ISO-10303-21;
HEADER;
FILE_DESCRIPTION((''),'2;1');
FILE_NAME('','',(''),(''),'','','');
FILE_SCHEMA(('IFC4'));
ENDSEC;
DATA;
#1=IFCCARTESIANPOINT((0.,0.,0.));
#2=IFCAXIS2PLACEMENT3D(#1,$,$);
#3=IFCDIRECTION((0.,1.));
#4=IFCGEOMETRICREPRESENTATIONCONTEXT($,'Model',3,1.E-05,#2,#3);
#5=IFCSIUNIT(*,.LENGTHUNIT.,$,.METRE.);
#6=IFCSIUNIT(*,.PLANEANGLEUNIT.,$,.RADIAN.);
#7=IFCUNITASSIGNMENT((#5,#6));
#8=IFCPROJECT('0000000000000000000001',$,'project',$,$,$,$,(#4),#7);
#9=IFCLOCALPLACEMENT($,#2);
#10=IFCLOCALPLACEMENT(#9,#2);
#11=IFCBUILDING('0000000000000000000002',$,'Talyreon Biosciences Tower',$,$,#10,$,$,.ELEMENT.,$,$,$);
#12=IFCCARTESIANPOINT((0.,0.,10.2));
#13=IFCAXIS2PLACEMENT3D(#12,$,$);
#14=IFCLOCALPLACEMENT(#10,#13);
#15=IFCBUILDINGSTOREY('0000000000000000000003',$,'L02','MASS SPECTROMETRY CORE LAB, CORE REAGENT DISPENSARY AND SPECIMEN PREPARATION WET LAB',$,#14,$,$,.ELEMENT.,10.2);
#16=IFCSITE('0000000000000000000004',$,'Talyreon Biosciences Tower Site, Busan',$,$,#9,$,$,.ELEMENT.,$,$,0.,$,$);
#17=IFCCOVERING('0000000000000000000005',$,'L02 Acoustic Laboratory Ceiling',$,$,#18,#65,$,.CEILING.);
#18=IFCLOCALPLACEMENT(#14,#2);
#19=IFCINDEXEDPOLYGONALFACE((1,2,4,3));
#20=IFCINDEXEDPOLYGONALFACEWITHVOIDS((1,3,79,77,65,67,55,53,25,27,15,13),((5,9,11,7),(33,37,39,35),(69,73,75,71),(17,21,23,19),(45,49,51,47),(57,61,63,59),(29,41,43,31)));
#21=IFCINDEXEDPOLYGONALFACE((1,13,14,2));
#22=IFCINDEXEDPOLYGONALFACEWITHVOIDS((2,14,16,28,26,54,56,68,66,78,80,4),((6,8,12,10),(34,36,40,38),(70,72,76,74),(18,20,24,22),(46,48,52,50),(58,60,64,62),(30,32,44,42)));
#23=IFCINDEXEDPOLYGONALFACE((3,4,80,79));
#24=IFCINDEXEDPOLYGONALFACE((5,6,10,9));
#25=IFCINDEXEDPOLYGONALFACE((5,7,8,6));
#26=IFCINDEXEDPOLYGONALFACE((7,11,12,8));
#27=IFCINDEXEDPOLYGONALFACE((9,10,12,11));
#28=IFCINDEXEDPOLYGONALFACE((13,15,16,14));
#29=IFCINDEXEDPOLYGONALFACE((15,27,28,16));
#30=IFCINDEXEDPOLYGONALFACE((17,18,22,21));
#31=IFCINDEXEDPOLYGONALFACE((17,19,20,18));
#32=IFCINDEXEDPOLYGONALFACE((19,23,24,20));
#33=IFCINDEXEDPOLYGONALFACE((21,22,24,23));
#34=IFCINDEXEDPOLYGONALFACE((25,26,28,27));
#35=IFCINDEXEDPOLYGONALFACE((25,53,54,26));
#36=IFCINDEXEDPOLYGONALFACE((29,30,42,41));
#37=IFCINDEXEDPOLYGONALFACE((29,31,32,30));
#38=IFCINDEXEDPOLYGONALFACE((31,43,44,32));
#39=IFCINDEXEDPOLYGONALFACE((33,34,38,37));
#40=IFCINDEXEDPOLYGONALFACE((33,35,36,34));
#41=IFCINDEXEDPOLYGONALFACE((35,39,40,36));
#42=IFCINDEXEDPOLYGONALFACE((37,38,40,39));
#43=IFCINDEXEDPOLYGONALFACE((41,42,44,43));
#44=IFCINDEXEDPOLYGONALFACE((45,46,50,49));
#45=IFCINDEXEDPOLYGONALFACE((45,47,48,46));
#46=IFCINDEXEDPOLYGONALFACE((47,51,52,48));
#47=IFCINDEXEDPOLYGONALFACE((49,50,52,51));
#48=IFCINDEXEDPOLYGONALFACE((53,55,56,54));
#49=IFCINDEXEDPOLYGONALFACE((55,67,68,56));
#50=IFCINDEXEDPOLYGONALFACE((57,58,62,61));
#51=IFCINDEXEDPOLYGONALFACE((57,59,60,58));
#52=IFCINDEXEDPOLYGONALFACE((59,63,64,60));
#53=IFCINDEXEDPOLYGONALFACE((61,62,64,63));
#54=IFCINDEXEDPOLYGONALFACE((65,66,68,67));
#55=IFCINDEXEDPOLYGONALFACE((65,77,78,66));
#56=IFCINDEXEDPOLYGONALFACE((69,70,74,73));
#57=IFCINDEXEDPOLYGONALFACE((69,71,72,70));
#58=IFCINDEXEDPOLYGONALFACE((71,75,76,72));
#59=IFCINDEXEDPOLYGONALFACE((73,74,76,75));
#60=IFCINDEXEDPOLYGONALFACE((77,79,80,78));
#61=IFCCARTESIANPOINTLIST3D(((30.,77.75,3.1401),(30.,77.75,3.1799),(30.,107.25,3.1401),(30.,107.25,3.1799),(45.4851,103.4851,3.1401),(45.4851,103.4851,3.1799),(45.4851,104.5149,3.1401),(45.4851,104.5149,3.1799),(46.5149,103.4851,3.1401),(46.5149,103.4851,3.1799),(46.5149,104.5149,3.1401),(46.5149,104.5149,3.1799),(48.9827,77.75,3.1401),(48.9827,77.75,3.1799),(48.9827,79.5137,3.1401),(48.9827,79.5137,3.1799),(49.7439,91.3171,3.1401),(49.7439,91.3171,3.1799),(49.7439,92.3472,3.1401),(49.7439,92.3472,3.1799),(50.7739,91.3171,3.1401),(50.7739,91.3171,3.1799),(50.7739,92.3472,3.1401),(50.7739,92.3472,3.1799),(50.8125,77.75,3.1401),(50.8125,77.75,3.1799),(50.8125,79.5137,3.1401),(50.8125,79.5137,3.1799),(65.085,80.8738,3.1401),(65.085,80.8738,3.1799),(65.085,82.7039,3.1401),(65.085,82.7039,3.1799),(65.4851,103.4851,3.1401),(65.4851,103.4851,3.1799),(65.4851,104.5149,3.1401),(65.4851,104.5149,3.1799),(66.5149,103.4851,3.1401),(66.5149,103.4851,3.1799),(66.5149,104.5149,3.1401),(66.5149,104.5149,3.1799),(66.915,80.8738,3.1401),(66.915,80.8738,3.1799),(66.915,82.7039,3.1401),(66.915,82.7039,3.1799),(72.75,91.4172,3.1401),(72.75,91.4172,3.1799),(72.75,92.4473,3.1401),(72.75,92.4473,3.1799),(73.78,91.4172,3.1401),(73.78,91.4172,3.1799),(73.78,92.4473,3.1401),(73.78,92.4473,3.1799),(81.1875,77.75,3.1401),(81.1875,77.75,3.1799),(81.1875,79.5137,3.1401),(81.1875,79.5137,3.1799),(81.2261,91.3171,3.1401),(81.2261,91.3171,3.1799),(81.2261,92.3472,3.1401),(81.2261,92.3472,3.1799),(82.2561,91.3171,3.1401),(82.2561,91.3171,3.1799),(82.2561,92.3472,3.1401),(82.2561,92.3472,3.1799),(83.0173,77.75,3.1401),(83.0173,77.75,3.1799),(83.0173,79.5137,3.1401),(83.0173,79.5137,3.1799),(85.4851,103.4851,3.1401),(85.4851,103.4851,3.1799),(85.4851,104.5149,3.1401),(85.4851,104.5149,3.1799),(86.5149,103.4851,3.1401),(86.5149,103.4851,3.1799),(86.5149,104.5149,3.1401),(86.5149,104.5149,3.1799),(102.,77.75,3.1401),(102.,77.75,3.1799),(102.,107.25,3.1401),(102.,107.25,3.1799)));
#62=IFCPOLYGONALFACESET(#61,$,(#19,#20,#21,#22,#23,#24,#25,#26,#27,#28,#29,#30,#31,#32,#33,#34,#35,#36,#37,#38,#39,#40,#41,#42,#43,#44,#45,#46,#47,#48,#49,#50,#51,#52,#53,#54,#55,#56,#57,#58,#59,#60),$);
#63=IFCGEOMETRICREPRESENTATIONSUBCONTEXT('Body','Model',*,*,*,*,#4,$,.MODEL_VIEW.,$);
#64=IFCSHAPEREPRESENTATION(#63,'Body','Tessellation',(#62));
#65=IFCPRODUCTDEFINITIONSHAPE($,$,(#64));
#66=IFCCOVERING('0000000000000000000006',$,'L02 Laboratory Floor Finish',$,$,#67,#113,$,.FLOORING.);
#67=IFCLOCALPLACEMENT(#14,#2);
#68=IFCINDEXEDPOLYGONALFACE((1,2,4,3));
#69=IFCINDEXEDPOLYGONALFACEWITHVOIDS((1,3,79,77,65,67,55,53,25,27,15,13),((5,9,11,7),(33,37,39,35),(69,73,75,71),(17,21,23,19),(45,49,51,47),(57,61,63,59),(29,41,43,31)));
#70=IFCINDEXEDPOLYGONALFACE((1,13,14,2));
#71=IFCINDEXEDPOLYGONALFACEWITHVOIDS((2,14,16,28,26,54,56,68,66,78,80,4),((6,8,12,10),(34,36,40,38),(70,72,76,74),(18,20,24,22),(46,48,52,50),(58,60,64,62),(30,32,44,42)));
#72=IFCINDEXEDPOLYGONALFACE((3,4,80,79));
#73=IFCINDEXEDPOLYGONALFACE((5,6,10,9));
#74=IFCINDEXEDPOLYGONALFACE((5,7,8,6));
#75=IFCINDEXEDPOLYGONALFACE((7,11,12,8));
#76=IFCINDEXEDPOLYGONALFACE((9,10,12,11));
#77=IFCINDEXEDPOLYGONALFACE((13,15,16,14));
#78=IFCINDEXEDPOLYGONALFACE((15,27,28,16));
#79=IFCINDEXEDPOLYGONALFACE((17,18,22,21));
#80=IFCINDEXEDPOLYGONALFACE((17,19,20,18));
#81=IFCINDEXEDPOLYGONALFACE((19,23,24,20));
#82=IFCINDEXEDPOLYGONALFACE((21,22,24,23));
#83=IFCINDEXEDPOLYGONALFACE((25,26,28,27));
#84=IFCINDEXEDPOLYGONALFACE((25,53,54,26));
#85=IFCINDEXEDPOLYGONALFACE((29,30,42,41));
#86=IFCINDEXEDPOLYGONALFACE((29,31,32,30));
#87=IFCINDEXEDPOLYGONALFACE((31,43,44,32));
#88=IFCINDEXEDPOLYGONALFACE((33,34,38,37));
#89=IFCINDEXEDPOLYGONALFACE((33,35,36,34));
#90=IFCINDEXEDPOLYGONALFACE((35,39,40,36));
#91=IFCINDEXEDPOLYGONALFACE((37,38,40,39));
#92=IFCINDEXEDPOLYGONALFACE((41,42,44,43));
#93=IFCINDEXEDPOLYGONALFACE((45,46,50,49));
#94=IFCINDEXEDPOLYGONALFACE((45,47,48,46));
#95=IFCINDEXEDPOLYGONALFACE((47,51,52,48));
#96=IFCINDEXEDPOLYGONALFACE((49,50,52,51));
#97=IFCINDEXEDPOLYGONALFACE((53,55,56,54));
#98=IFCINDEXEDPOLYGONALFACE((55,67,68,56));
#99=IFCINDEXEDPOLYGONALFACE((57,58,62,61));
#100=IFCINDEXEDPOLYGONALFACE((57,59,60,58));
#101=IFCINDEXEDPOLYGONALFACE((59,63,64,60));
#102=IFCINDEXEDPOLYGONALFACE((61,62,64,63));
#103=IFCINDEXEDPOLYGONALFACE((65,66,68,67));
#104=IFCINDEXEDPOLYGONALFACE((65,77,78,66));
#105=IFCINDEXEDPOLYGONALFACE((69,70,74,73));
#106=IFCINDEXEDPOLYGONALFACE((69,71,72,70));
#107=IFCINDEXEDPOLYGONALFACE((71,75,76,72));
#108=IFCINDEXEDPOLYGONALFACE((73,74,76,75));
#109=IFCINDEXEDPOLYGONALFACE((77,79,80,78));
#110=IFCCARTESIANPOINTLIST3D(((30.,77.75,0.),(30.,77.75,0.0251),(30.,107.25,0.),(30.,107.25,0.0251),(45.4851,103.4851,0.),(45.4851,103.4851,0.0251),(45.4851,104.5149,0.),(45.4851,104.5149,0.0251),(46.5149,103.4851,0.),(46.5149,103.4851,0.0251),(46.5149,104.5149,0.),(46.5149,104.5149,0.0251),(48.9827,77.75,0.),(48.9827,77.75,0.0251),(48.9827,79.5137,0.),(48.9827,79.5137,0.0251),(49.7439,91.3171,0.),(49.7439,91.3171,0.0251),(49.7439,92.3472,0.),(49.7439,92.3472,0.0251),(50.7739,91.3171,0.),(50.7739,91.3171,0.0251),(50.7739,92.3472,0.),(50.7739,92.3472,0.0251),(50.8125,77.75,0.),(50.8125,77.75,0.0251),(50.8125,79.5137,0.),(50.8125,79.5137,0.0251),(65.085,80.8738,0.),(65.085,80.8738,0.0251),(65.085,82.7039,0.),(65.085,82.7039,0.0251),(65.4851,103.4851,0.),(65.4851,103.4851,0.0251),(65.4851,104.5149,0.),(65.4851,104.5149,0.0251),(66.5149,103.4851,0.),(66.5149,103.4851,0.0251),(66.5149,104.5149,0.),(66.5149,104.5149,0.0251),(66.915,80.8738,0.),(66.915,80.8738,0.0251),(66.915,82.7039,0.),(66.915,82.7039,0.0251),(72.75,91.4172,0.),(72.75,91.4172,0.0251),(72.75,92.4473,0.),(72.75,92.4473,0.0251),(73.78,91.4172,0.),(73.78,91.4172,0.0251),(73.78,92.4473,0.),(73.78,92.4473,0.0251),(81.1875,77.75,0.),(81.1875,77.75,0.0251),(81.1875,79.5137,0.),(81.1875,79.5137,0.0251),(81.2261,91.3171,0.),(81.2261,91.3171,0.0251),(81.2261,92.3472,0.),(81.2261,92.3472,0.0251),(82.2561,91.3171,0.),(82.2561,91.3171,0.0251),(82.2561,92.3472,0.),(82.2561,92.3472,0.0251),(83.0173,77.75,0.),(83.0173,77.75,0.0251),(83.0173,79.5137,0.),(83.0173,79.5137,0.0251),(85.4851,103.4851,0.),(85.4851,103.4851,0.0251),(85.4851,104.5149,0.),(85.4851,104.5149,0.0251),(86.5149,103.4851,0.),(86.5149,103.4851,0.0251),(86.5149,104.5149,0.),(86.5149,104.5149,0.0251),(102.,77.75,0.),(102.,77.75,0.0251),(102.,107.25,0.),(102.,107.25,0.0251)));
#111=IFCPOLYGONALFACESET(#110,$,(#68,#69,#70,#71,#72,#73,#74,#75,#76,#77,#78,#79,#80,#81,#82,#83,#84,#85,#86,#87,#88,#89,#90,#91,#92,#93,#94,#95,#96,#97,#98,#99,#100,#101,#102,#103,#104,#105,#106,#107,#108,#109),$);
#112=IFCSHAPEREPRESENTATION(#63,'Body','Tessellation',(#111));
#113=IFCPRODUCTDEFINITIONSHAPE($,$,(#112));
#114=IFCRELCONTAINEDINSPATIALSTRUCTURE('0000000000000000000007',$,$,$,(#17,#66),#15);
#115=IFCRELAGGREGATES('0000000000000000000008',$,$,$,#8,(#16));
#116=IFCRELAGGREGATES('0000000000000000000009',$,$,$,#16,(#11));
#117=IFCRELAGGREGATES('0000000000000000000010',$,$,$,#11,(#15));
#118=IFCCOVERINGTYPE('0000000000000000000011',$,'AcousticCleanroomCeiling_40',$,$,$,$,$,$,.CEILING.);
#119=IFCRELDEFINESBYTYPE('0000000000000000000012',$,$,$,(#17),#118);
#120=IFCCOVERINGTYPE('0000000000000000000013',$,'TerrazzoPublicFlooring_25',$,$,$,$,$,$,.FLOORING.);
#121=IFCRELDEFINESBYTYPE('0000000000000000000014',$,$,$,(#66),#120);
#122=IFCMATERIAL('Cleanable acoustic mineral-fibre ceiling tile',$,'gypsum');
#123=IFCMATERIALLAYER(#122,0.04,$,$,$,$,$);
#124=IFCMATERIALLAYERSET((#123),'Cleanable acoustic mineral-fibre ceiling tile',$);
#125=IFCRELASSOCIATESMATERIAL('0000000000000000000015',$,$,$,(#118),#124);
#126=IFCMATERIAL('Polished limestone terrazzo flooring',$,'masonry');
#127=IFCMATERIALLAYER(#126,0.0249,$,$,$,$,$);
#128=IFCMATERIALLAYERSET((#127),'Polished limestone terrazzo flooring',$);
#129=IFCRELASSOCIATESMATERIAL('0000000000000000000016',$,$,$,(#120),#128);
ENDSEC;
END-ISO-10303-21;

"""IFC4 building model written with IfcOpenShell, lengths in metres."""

from ifc_helpers import new_model, si_unit, direction, frame, origin, place, context, subcontext, project, spatial, polyline, outline, extrude, material, layer, layer_set, type_object, element, save


model = new_model("IFC4")

# Units and contexts
model_context = context("Model", 3, precision=1e-05, world=origin(), true_north=direction((0.0, 1.0)))
body_context = subcontext(model_context, "Body", "Model", "MODEL_VIEW")
ifc_project = project(units=[si_unit("LENGTHUNIT", "METRE"), si_unit("PLANEANGLEUNIT", "RADIAN")], contexts=[model_context])

# Site, building, storey
site_placement = place(None, origin())
site = spatial("IfcSite", under=ifc_project, at=site_placement, Name="Talyreon Biosciences Tower Site, Busan", CompositionType="ELEMENT", RefElevation=0.0)
building_placement = place(site_placement, origin())
building = spatial("IfcBuilding", under=site, at=building_placement, Name="Talyreon Biosciences Tower", CompositionType="ELEMENT")
storey_placement = place(building_placement, frame((0.0, 0.0, 10.2)))
storey = spatial("IfcBuildingStorey", under=building, at=storey_placement, Name="L02", Description="MASS SPECTROMETRY CORE LAB, CORE REAGENT DISPENSARY AND SPECIMEN PREPARATION WET LAB", CompositionType="ELEMENT", Elevation=10.2)

# Coverings
ifc_material_1 = material(Name="Cleanable acoustic mineral-fibre ceiling tile", Category="gypsum")
ifc_layer_1 = layer(ifc_material_1, 0.04)
ifc_layer_set_1 = layer_set([ifc_layer_1], Name="Cleanable acoustic mineral-fibre ceiling tile")
covering_type_1 = type_object("IfcCoveringType", Name="AcousticCleanroomCeiling_40", PredefinedType="CEILING", material=ifc_layer_set_1)
covering_1_placement = place(storey_placement, frame((0.0, 0.0, 3.1401)))
element("IfcCovering", 1, at=covering_1_placement, inside=storey, type_object=covering_type_1, Name="L02 Acoustic Laboratory Ceiling", PredefinedType="CEILING", context=body_context, shape_type="SweptSolid", body=[
    extrude(outline(polyline([(102.0, 77.75), (83.0173, 77.75), (83.0173, 79.5137), (81.1875, 79.5137), (81.1875, 77.75), (50.8125, 77.75), (50.8125, 79.5137), (48.9827, 79.5137), (48.9827, 77.75), (30.0, 77.75), (30.0, 107.25), (102.0, 107.25), (102.0, 77.75)]), holes=[polyline([(65.085, 80.8738), (66.915, 80.8738), (66.915, 82.7039), (65.085, 82.7039), (65.085, 80.8738)]), polyline([(50.7739, 92.3472), (49.7439, 92.3472), (49.7439, 91.3171), (50.7739, 91.3171), (50.7739, 92.3472)]), polyline([(45.4851, 104.5149), (45.4851, 103.4851), (46.5149, 103.4851), (46.5149, 104.5149), (45.4851, 104.5149)]), polyline([(82.2561, 92.3472), (81.2261, 92.3472), (81.2261, 91.3171), (82.2561, 91.3171), (82.2561, 92.3472)]), polyline([(73.78, 92.4473), (72.75, 92.4473), (72.75, 91.4172), (73.78, 91.4172), (73.78, 92.4473)]), polyline([(85.4851, 104.5149), (85.4851, 103.4851), (86.5149, 103.4851), (86.5149, 104.5149), (85.4851, 104.5149)]), polyline([(65.4851, 104.5149), (65.4851, 103.4851), (66.5149, 103.4851), (66.5149, 104.5149), (65.4851, 104.5149)])]), origin(), (0.0, 0.0, 1.0), 0.0398),
])
ifc_material_2 = material(Name="Polished limestone terrazzo flooring", Category="masonry")
ifc_layer_2 = layer(ifc_material_2, 0.0249)
ifc_layer_set_2 = layer_set([ifc_layer_2], Name="Polished limestone terrazzo flooring")
covering_type_2 = type_object("IfcCoveringType", Name="TerrazzoPublicFlooring_25", PredefinedType="FLOORING", material=ifc_layer_set_2)
covering_2_placement = place(storey_placement, origin())
element("IfcCovering", 2, at=covering_2_placement, inside=storey, type_object=covering_type_2, Name="L02 Laboratory Floor Finish", PredefinedType="FLOORING", context=body_context, shape_type="SweptSolid", body=[
    extrude(outline(polyline([(102.0, 77.75), (83.0173, 77.75), (83.0173, 79.5137), (81.1875, 79.5137), (81.1875, 77.75), (50.8125, 77.75), (50.8125, 79.5137), (48.9827, 79.5137), (48.9827, 77.75), (30.0, 77.75), (30.0, 107.25), (102.0, 107.25), (102.0, 77.75)]), holes=[polyline([(65.085, 80.8738), (66.915, 80.8738), (66.915, 82.7039), (65.085, 82.7039), (65.085, 80.8738)]), polyline([(50.7739, 92.3472), (49.7439, 92.3472), (49.7439, 91.3171), (50.7739, 91.3171), (50.7739, 92.3472)]), polyline([(45.4851, 104.5149), (45.4851, 103.4851), (46.5149, 103.4851), (46.5149, 104.5149), (45.4851, 104.5149)]), polyline([(82.2561, 92.3472), (81.2261, 92.3472), (81.2261, 91.3171), (82.2561, 91.3171), (82.2561, 92.3472)]), polyline([(73.78, 92.4473), (72.75, 92.4473), (72.75, 91.4172), (73.78, 91.4172), (73.78, 92.4473)]), polyline([(85.4851, 104.5149), (85.4851, 103.4851), (86.5149, 103.4851), (86.5149, 104.5149), (85.4851, 104.5149)]), polyline([(65.4851, 104.5149), (65.4851, 103.4851), (66.5149, 103.4851), (66.5149, 104.5149), (65.4851, 104.5149)])]), origin(), (0.0, 0.0, 1.0), 0.0251),
])

save(model, "model.ifc")
